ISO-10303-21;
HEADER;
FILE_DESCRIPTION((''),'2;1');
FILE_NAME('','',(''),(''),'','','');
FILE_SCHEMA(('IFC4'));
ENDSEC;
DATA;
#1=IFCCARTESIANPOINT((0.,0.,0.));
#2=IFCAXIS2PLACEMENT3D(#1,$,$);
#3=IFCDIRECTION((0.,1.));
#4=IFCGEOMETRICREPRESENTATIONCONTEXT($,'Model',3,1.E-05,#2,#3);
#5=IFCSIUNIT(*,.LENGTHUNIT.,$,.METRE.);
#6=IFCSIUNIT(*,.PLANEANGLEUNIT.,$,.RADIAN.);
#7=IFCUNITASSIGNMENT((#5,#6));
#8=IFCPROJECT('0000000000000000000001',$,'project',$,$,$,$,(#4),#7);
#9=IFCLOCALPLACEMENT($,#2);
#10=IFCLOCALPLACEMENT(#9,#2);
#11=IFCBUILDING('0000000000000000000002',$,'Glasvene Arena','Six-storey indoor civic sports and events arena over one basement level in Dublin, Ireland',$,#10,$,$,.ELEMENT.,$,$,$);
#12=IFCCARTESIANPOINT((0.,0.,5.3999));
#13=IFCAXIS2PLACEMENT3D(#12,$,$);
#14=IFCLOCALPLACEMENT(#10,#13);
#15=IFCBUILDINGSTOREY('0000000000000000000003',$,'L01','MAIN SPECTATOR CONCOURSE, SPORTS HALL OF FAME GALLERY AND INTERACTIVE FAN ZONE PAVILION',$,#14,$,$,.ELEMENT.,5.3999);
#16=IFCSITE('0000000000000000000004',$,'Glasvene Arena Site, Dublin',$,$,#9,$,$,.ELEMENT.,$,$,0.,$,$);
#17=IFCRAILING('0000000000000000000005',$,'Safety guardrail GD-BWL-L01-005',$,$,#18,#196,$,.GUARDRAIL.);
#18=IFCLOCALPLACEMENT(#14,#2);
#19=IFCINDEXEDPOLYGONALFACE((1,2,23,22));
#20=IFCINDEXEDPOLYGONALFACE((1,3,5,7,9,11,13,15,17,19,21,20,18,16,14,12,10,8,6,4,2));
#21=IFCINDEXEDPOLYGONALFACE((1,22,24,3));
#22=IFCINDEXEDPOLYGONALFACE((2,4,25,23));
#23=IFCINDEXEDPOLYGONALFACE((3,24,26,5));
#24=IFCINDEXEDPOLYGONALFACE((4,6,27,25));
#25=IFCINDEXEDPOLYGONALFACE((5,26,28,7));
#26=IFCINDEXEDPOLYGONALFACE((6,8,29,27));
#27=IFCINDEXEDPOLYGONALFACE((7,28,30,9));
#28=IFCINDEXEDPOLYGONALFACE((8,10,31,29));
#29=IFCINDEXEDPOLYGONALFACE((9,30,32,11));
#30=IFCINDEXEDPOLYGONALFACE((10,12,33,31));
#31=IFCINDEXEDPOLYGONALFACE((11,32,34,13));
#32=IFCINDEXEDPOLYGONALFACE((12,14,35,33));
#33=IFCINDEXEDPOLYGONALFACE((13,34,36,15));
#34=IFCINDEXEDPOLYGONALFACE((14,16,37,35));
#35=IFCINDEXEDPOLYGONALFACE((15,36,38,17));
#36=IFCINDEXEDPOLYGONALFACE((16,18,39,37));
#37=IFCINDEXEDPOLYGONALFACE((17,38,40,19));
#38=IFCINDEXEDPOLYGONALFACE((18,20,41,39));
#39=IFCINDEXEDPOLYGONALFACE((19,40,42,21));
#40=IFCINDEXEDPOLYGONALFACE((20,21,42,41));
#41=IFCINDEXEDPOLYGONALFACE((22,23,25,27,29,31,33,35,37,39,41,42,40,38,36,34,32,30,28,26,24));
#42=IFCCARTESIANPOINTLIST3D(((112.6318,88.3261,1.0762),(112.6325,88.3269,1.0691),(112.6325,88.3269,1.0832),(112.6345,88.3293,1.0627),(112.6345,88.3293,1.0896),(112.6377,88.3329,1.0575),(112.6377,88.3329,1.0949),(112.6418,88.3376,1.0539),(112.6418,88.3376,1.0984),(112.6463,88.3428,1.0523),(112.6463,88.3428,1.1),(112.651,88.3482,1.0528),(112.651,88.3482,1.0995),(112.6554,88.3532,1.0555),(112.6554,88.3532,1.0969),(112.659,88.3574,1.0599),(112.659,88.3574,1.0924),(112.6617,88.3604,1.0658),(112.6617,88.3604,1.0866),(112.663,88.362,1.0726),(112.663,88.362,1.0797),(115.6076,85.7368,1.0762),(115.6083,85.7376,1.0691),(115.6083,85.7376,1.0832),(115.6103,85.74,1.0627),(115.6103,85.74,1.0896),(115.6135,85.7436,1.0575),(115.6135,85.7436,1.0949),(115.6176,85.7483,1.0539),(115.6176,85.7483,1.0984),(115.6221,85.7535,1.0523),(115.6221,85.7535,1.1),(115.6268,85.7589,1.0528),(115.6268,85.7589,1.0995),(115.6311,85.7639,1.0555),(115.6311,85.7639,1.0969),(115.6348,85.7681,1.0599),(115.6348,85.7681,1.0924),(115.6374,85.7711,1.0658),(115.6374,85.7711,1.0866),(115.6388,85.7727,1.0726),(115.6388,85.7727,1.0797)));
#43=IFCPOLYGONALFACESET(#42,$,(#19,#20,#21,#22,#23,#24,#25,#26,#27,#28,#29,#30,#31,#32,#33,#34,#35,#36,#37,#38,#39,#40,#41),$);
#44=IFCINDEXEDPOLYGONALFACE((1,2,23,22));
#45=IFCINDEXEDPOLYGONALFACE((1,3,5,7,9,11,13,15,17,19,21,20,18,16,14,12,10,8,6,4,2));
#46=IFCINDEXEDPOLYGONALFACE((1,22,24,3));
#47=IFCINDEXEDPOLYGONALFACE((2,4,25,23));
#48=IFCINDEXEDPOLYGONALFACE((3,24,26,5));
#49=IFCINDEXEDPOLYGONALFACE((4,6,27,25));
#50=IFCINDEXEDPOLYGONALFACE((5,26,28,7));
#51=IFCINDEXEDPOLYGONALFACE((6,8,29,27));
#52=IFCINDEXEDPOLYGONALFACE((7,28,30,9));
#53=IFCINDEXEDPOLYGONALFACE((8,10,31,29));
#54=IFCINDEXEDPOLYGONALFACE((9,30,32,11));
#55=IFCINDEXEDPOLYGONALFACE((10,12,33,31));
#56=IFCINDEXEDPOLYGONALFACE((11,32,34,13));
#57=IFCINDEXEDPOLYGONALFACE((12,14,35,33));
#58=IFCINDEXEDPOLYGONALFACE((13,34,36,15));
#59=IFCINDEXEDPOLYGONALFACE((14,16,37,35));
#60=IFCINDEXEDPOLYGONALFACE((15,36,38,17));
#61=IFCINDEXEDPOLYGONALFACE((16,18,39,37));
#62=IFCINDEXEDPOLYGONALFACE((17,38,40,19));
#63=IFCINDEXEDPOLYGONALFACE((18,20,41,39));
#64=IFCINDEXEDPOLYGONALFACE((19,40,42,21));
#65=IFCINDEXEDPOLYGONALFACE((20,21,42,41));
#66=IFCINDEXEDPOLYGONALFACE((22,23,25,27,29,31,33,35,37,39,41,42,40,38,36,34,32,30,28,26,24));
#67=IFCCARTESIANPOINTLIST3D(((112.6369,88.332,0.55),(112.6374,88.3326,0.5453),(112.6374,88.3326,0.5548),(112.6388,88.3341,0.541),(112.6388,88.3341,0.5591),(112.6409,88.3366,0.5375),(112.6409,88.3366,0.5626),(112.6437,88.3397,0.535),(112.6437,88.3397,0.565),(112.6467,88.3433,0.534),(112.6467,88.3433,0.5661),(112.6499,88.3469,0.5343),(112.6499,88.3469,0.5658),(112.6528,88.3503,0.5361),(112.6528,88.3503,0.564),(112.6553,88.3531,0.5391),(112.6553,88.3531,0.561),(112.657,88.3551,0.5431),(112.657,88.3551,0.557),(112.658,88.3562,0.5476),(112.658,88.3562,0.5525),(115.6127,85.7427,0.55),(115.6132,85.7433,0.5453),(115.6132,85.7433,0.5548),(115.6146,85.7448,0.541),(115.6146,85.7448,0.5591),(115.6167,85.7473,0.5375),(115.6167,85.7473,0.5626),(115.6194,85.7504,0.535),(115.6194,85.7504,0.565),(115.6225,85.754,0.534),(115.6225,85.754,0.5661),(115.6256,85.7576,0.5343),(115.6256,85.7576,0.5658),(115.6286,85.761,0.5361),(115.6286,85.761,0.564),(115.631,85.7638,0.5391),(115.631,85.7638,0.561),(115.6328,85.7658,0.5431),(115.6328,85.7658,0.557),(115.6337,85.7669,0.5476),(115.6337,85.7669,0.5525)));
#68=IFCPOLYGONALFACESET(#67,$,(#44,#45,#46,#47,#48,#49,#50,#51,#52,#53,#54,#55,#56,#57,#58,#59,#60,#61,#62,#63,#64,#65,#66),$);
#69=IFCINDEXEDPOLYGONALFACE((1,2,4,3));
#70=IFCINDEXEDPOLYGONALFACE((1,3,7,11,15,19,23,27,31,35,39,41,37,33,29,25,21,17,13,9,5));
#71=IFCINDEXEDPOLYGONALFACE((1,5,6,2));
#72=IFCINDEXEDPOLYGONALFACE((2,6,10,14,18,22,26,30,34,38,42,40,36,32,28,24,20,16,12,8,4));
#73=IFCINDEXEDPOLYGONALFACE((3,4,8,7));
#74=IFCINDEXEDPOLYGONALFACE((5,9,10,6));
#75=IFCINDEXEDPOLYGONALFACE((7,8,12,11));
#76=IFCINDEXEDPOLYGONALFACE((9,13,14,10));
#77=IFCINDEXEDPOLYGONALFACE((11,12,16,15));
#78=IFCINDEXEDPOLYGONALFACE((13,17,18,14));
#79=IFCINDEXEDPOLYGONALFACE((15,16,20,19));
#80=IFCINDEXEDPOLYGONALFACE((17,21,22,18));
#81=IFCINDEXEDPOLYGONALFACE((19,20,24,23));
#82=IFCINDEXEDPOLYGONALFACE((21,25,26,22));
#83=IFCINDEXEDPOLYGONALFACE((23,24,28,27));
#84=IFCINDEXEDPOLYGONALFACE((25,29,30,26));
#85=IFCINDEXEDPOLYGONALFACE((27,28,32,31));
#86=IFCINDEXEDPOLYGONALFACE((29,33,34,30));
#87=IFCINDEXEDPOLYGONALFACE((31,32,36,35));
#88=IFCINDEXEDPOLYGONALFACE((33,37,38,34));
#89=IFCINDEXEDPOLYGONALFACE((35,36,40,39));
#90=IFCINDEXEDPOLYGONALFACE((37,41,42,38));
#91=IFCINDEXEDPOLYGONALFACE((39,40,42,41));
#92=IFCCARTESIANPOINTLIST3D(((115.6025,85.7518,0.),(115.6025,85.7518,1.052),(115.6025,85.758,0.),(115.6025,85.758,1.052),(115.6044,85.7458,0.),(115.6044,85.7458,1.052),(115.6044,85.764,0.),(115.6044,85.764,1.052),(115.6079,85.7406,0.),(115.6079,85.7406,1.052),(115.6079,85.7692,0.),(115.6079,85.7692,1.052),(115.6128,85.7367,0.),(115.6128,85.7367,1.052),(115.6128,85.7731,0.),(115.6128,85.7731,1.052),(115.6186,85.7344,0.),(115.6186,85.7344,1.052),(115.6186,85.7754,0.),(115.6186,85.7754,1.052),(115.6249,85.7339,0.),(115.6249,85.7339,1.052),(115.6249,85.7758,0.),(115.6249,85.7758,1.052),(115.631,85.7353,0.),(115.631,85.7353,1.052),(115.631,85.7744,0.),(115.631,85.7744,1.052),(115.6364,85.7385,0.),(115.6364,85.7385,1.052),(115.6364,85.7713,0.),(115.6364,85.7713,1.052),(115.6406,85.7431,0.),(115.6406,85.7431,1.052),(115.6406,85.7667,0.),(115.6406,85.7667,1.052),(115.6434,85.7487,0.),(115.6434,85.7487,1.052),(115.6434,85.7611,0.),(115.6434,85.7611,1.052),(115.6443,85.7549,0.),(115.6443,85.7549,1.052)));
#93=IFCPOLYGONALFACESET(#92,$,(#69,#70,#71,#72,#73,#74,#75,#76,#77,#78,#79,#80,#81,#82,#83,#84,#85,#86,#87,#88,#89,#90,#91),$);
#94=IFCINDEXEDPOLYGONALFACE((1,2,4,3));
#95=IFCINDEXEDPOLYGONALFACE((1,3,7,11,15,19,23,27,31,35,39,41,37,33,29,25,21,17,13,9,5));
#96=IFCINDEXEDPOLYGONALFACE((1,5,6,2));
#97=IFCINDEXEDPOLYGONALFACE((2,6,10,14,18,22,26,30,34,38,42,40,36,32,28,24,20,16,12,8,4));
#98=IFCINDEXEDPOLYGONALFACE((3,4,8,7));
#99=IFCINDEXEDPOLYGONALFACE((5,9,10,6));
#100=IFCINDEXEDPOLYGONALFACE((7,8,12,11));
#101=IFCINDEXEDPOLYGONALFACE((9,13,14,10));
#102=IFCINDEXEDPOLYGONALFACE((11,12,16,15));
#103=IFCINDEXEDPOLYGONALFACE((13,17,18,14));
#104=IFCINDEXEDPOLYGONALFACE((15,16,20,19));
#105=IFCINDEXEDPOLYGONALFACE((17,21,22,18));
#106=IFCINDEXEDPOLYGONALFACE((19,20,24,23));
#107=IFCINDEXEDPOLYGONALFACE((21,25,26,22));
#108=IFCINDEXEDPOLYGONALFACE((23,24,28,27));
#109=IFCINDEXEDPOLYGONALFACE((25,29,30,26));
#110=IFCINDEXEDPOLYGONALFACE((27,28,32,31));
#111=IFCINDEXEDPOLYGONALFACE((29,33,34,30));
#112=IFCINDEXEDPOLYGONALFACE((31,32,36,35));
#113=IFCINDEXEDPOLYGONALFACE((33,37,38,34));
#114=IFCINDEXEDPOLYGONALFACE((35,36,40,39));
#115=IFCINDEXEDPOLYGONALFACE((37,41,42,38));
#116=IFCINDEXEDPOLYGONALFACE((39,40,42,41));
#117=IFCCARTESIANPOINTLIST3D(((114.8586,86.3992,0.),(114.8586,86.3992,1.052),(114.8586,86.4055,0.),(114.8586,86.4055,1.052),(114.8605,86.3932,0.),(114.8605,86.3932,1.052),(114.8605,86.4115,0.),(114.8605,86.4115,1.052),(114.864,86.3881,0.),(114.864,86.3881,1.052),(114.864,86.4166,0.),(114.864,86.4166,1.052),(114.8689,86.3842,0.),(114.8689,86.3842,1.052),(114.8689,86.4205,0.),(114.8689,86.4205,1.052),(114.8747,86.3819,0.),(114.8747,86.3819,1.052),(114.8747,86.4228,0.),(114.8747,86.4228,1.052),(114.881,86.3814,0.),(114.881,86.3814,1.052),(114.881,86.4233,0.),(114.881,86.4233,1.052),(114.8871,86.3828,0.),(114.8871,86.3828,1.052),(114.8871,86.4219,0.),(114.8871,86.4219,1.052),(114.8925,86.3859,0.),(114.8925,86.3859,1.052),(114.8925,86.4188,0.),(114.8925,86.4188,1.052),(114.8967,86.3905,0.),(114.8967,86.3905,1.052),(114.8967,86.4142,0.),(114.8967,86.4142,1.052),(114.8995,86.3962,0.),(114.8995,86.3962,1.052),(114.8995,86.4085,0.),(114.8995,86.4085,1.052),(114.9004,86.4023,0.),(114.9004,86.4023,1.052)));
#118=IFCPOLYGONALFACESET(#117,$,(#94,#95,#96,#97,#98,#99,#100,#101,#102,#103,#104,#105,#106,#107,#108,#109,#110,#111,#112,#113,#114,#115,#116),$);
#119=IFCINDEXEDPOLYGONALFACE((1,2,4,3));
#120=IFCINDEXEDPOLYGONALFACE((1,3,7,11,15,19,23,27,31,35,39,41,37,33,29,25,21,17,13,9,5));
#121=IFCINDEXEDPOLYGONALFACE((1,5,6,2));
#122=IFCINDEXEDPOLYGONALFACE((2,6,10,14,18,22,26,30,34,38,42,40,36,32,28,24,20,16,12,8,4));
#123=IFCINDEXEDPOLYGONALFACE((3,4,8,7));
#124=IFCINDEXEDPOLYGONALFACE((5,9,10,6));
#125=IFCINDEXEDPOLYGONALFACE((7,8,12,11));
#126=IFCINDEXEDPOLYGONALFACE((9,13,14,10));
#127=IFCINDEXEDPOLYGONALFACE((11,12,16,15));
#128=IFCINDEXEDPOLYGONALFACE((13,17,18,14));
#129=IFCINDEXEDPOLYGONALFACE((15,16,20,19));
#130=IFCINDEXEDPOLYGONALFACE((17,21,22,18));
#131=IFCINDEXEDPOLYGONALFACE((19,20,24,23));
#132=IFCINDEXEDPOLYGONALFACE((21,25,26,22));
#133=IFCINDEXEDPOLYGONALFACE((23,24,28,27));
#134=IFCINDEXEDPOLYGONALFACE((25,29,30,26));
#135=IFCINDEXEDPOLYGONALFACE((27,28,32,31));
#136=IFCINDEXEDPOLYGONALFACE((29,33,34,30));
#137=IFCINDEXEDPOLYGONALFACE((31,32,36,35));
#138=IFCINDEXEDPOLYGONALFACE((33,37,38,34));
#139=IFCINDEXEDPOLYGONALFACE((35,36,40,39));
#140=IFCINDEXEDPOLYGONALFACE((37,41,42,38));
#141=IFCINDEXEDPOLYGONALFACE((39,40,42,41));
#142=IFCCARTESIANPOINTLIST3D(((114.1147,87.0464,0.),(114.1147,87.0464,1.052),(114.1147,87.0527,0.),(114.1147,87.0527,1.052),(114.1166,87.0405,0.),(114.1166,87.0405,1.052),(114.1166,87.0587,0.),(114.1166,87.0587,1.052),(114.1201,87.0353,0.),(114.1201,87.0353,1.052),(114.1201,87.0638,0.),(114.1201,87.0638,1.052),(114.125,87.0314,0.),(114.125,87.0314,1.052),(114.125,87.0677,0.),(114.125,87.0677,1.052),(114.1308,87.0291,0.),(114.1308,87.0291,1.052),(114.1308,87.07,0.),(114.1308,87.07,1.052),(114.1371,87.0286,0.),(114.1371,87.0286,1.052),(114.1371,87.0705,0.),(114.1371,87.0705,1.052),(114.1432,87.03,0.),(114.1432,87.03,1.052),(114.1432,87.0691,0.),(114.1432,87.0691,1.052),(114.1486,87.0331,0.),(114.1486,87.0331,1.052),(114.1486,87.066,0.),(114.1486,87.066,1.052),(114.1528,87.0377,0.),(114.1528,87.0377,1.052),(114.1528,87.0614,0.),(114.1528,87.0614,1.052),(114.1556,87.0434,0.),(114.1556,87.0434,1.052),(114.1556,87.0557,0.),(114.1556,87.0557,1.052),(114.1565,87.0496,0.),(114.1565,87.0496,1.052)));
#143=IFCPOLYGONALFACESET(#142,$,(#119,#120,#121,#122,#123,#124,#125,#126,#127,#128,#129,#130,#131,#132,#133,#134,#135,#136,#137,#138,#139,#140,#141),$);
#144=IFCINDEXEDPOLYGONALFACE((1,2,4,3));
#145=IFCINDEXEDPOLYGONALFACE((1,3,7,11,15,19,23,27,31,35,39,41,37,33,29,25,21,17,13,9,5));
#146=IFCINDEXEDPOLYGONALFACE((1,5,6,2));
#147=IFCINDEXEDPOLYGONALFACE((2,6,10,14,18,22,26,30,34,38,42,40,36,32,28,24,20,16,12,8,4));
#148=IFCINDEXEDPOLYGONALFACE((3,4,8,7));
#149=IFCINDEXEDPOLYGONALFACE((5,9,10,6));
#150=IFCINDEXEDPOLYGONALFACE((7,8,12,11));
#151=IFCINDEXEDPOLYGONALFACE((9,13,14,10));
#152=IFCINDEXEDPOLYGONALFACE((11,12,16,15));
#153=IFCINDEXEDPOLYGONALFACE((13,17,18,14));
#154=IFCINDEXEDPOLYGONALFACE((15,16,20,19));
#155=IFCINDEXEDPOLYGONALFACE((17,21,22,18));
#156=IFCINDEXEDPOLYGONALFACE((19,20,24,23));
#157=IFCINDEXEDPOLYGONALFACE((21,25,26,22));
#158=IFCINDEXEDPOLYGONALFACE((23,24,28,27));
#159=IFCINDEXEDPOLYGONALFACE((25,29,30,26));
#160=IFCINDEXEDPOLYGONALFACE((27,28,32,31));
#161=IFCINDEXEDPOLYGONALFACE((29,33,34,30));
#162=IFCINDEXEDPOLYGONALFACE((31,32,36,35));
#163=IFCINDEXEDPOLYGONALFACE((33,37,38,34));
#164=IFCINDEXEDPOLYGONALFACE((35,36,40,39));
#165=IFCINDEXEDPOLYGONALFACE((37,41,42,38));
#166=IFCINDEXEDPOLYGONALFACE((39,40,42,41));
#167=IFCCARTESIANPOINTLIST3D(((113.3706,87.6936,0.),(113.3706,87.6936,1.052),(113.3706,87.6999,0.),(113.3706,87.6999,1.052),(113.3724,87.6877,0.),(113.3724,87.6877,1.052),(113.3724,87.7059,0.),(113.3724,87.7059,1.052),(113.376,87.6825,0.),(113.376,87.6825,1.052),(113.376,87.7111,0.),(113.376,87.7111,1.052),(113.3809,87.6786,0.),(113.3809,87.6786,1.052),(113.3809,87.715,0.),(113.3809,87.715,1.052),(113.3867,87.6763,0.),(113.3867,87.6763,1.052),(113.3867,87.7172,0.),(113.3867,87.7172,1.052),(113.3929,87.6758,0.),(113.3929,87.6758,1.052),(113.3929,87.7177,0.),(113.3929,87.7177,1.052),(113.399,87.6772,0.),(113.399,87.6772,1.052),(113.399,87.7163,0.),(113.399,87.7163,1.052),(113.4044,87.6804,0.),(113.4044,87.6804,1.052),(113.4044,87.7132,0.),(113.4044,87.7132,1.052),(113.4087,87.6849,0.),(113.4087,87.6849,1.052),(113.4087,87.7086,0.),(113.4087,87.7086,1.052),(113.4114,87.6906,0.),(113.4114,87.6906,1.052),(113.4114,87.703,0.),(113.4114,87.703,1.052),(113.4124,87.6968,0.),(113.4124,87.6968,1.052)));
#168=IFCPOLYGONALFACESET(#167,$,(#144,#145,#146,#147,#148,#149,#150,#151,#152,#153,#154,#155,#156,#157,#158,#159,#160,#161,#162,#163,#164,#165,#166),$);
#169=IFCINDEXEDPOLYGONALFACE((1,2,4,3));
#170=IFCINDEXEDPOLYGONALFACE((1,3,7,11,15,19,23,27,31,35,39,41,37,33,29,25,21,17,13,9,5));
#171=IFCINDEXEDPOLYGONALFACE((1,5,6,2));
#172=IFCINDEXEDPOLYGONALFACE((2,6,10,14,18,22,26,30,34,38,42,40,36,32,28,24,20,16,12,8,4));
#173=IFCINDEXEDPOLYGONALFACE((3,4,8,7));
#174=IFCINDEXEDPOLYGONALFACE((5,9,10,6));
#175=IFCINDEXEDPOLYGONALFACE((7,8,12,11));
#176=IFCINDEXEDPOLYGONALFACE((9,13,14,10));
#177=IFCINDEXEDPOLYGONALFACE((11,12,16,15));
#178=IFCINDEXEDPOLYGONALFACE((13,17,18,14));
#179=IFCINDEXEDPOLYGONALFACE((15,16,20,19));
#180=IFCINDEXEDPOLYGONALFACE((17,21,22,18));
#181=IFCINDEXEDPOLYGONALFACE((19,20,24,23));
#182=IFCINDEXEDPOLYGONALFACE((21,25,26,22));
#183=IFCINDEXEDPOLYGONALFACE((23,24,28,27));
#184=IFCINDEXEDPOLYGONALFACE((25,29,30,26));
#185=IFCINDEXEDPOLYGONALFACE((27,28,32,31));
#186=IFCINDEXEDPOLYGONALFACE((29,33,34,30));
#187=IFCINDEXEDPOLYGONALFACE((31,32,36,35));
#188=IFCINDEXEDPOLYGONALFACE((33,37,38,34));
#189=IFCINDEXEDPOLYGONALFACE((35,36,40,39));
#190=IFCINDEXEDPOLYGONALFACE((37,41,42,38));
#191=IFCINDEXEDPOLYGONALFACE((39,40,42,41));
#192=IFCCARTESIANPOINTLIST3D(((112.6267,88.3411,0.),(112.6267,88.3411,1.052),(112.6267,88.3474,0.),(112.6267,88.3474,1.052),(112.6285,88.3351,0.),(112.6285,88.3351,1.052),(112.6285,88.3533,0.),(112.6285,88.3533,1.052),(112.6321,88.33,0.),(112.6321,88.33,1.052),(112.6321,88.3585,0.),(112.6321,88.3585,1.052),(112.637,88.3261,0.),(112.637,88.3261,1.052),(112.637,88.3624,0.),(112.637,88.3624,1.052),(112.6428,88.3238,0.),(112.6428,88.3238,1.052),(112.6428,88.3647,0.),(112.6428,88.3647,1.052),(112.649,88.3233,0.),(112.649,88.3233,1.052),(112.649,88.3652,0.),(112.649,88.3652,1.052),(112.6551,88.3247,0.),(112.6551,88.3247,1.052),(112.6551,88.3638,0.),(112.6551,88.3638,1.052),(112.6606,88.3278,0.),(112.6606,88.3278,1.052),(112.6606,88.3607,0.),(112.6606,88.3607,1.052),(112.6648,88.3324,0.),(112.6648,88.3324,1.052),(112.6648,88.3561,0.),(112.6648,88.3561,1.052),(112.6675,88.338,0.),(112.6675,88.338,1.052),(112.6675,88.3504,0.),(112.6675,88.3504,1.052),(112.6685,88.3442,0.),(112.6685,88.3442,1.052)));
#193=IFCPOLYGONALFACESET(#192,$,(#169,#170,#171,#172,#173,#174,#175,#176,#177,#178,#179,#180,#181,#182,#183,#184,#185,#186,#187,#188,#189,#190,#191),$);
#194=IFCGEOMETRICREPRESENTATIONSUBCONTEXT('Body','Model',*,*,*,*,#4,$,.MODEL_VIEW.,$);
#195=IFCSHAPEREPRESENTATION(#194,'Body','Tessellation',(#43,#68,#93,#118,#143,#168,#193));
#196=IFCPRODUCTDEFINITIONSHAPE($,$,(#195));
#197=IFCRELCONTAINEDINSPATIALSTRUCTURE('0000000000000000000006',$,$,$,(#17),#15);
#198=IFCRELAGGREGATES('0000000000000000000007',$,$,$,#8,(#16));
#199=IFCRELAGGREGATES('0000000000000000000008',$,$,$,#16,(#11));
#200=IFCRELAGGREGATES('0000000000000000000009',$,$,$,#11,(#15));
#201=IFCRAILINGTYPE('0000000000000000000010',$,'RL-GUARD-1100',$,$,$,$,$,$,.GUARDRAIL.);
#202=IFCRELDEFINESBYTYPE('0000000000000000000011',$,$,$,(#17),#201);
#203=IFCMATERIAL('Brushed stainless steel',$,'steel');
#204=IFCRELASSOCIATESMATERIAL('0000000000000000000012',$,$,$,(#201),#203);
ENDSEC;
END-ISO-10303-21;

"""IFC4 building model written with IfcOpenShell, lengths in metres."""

from ifc_helpers import new_model, si_unit, direction, frame, origin, origin_2d, place, context, subcontext, project, spatial, circle, extrude, material, type_object, element, save


model = new_model("IFC4")

# Units and contexts
model_context = context("Model", 3, precision=1e-05, world=origin(), true_north=direction((0.0, 1.0)))
body_context = subcontext(model_context, "Body", "Model", "MODEL_VIEW")
ifc_project = project(units=[si_unit("LENGTHUNIT", "METRE"), si_unit("PLANEANGLEUNIT", "RADIAN")], contexts=[model_context])

# Site, building, storey
site_placement = place(None, origin())
site = spatial("IfcSite", under=ifc_project, at=site_placement, Name="Glasvene Arena Site, Dublin", CompositionType="ELEMENT", RefElevation=0.0)
building_placement = place(site_placement, origin())
building = spatial("IfcBuilding", under=site, at=building_placement, Name="Glasvene Arena", Description="Six-storey indoor civic sports and events arena over one basement level in Dublin, Ireland", CompositionType="ELEMENT")
storey_placement = place(building_placement, frame((0.0, 0.0, 5.3999)))
storey = spatial("IfcBuildingStorey", under=building, at=storey_placement, Name="L01", Description="MAIN SPECTATOR CONCOURSE, SPORTS HALL OF FAME GALLERY AND INTERACTIVE FAN ZONE PAVILION", CompositionType="ELEMENT", Elevation=5.3999)

# Railing
ifc_material_1 = material(Name="Brushed stainless steel", Category="steel")
railing_type = type_object("IfcRailingType", Name="RL-GUARD-1100", PredefinedType="GUARDRAIL", material=ifc_material_1)
railing_1_placement = place(storey_placement, frame((115.6233, 85.7549, 0.0)))
element("IfcRailing", 1, at=railing_1_placement, inside=storey, type_object=railing_type, Name="Safety guardrail GD-BWL-L01-005", PredefinedType="GUARDRAIL", context=body_context, shape_type="SweptSolid", body=[
    extrude(circle(Radius=0.0239, at=origin_2d()), frame((0.0, 0.0, 1.0762), z_axis=(-0.754395, 0.656421, 0.0), x_axis=(-0.656421, -0.754395, 0.0)), (0.0, 0.0, 1.0), 3.9446),
    extrude(circle(Radius=0.0161, at=origin_2d()), frame((0.0, 0.0, 0.55), z_axis=(-0.754395, 0.656421, 0.0), x_axis=(-0.656421, -0.754395, 0.0)), (0.0, 0.0, 1.0), 3.9446),
    extrude(circle(Radius=0.021, at=origin_2d()), origin(), (0.0, 0.0, 1.0), 1.052),
    extrude(circle(Radius=0.021, at=origin_2d()), frame((-0.7439, 0.6475, 0.0)), (0.0, 0.0, 1.0), 1.052),
    extrude(circle(Radius=0.021, at=origin_2d()), frame((-1.4878, 1.2947, 0.0)), (0.0, 0.0, 1.0), 1.052),
    extrude(circle(Radius=0.021, at=origin_2d()), frame((-2.2319, 1.9419, 0.0)), (0.0, 0.0, 1.0), 1.052),
    extrude(circle(Radius=0.021, at=origin_2d()), frame((-2.9758, 2.5894, 0.0)), (0.0, 0.0, 1.0), 1.052),
])

save(model, "model.ifc")
